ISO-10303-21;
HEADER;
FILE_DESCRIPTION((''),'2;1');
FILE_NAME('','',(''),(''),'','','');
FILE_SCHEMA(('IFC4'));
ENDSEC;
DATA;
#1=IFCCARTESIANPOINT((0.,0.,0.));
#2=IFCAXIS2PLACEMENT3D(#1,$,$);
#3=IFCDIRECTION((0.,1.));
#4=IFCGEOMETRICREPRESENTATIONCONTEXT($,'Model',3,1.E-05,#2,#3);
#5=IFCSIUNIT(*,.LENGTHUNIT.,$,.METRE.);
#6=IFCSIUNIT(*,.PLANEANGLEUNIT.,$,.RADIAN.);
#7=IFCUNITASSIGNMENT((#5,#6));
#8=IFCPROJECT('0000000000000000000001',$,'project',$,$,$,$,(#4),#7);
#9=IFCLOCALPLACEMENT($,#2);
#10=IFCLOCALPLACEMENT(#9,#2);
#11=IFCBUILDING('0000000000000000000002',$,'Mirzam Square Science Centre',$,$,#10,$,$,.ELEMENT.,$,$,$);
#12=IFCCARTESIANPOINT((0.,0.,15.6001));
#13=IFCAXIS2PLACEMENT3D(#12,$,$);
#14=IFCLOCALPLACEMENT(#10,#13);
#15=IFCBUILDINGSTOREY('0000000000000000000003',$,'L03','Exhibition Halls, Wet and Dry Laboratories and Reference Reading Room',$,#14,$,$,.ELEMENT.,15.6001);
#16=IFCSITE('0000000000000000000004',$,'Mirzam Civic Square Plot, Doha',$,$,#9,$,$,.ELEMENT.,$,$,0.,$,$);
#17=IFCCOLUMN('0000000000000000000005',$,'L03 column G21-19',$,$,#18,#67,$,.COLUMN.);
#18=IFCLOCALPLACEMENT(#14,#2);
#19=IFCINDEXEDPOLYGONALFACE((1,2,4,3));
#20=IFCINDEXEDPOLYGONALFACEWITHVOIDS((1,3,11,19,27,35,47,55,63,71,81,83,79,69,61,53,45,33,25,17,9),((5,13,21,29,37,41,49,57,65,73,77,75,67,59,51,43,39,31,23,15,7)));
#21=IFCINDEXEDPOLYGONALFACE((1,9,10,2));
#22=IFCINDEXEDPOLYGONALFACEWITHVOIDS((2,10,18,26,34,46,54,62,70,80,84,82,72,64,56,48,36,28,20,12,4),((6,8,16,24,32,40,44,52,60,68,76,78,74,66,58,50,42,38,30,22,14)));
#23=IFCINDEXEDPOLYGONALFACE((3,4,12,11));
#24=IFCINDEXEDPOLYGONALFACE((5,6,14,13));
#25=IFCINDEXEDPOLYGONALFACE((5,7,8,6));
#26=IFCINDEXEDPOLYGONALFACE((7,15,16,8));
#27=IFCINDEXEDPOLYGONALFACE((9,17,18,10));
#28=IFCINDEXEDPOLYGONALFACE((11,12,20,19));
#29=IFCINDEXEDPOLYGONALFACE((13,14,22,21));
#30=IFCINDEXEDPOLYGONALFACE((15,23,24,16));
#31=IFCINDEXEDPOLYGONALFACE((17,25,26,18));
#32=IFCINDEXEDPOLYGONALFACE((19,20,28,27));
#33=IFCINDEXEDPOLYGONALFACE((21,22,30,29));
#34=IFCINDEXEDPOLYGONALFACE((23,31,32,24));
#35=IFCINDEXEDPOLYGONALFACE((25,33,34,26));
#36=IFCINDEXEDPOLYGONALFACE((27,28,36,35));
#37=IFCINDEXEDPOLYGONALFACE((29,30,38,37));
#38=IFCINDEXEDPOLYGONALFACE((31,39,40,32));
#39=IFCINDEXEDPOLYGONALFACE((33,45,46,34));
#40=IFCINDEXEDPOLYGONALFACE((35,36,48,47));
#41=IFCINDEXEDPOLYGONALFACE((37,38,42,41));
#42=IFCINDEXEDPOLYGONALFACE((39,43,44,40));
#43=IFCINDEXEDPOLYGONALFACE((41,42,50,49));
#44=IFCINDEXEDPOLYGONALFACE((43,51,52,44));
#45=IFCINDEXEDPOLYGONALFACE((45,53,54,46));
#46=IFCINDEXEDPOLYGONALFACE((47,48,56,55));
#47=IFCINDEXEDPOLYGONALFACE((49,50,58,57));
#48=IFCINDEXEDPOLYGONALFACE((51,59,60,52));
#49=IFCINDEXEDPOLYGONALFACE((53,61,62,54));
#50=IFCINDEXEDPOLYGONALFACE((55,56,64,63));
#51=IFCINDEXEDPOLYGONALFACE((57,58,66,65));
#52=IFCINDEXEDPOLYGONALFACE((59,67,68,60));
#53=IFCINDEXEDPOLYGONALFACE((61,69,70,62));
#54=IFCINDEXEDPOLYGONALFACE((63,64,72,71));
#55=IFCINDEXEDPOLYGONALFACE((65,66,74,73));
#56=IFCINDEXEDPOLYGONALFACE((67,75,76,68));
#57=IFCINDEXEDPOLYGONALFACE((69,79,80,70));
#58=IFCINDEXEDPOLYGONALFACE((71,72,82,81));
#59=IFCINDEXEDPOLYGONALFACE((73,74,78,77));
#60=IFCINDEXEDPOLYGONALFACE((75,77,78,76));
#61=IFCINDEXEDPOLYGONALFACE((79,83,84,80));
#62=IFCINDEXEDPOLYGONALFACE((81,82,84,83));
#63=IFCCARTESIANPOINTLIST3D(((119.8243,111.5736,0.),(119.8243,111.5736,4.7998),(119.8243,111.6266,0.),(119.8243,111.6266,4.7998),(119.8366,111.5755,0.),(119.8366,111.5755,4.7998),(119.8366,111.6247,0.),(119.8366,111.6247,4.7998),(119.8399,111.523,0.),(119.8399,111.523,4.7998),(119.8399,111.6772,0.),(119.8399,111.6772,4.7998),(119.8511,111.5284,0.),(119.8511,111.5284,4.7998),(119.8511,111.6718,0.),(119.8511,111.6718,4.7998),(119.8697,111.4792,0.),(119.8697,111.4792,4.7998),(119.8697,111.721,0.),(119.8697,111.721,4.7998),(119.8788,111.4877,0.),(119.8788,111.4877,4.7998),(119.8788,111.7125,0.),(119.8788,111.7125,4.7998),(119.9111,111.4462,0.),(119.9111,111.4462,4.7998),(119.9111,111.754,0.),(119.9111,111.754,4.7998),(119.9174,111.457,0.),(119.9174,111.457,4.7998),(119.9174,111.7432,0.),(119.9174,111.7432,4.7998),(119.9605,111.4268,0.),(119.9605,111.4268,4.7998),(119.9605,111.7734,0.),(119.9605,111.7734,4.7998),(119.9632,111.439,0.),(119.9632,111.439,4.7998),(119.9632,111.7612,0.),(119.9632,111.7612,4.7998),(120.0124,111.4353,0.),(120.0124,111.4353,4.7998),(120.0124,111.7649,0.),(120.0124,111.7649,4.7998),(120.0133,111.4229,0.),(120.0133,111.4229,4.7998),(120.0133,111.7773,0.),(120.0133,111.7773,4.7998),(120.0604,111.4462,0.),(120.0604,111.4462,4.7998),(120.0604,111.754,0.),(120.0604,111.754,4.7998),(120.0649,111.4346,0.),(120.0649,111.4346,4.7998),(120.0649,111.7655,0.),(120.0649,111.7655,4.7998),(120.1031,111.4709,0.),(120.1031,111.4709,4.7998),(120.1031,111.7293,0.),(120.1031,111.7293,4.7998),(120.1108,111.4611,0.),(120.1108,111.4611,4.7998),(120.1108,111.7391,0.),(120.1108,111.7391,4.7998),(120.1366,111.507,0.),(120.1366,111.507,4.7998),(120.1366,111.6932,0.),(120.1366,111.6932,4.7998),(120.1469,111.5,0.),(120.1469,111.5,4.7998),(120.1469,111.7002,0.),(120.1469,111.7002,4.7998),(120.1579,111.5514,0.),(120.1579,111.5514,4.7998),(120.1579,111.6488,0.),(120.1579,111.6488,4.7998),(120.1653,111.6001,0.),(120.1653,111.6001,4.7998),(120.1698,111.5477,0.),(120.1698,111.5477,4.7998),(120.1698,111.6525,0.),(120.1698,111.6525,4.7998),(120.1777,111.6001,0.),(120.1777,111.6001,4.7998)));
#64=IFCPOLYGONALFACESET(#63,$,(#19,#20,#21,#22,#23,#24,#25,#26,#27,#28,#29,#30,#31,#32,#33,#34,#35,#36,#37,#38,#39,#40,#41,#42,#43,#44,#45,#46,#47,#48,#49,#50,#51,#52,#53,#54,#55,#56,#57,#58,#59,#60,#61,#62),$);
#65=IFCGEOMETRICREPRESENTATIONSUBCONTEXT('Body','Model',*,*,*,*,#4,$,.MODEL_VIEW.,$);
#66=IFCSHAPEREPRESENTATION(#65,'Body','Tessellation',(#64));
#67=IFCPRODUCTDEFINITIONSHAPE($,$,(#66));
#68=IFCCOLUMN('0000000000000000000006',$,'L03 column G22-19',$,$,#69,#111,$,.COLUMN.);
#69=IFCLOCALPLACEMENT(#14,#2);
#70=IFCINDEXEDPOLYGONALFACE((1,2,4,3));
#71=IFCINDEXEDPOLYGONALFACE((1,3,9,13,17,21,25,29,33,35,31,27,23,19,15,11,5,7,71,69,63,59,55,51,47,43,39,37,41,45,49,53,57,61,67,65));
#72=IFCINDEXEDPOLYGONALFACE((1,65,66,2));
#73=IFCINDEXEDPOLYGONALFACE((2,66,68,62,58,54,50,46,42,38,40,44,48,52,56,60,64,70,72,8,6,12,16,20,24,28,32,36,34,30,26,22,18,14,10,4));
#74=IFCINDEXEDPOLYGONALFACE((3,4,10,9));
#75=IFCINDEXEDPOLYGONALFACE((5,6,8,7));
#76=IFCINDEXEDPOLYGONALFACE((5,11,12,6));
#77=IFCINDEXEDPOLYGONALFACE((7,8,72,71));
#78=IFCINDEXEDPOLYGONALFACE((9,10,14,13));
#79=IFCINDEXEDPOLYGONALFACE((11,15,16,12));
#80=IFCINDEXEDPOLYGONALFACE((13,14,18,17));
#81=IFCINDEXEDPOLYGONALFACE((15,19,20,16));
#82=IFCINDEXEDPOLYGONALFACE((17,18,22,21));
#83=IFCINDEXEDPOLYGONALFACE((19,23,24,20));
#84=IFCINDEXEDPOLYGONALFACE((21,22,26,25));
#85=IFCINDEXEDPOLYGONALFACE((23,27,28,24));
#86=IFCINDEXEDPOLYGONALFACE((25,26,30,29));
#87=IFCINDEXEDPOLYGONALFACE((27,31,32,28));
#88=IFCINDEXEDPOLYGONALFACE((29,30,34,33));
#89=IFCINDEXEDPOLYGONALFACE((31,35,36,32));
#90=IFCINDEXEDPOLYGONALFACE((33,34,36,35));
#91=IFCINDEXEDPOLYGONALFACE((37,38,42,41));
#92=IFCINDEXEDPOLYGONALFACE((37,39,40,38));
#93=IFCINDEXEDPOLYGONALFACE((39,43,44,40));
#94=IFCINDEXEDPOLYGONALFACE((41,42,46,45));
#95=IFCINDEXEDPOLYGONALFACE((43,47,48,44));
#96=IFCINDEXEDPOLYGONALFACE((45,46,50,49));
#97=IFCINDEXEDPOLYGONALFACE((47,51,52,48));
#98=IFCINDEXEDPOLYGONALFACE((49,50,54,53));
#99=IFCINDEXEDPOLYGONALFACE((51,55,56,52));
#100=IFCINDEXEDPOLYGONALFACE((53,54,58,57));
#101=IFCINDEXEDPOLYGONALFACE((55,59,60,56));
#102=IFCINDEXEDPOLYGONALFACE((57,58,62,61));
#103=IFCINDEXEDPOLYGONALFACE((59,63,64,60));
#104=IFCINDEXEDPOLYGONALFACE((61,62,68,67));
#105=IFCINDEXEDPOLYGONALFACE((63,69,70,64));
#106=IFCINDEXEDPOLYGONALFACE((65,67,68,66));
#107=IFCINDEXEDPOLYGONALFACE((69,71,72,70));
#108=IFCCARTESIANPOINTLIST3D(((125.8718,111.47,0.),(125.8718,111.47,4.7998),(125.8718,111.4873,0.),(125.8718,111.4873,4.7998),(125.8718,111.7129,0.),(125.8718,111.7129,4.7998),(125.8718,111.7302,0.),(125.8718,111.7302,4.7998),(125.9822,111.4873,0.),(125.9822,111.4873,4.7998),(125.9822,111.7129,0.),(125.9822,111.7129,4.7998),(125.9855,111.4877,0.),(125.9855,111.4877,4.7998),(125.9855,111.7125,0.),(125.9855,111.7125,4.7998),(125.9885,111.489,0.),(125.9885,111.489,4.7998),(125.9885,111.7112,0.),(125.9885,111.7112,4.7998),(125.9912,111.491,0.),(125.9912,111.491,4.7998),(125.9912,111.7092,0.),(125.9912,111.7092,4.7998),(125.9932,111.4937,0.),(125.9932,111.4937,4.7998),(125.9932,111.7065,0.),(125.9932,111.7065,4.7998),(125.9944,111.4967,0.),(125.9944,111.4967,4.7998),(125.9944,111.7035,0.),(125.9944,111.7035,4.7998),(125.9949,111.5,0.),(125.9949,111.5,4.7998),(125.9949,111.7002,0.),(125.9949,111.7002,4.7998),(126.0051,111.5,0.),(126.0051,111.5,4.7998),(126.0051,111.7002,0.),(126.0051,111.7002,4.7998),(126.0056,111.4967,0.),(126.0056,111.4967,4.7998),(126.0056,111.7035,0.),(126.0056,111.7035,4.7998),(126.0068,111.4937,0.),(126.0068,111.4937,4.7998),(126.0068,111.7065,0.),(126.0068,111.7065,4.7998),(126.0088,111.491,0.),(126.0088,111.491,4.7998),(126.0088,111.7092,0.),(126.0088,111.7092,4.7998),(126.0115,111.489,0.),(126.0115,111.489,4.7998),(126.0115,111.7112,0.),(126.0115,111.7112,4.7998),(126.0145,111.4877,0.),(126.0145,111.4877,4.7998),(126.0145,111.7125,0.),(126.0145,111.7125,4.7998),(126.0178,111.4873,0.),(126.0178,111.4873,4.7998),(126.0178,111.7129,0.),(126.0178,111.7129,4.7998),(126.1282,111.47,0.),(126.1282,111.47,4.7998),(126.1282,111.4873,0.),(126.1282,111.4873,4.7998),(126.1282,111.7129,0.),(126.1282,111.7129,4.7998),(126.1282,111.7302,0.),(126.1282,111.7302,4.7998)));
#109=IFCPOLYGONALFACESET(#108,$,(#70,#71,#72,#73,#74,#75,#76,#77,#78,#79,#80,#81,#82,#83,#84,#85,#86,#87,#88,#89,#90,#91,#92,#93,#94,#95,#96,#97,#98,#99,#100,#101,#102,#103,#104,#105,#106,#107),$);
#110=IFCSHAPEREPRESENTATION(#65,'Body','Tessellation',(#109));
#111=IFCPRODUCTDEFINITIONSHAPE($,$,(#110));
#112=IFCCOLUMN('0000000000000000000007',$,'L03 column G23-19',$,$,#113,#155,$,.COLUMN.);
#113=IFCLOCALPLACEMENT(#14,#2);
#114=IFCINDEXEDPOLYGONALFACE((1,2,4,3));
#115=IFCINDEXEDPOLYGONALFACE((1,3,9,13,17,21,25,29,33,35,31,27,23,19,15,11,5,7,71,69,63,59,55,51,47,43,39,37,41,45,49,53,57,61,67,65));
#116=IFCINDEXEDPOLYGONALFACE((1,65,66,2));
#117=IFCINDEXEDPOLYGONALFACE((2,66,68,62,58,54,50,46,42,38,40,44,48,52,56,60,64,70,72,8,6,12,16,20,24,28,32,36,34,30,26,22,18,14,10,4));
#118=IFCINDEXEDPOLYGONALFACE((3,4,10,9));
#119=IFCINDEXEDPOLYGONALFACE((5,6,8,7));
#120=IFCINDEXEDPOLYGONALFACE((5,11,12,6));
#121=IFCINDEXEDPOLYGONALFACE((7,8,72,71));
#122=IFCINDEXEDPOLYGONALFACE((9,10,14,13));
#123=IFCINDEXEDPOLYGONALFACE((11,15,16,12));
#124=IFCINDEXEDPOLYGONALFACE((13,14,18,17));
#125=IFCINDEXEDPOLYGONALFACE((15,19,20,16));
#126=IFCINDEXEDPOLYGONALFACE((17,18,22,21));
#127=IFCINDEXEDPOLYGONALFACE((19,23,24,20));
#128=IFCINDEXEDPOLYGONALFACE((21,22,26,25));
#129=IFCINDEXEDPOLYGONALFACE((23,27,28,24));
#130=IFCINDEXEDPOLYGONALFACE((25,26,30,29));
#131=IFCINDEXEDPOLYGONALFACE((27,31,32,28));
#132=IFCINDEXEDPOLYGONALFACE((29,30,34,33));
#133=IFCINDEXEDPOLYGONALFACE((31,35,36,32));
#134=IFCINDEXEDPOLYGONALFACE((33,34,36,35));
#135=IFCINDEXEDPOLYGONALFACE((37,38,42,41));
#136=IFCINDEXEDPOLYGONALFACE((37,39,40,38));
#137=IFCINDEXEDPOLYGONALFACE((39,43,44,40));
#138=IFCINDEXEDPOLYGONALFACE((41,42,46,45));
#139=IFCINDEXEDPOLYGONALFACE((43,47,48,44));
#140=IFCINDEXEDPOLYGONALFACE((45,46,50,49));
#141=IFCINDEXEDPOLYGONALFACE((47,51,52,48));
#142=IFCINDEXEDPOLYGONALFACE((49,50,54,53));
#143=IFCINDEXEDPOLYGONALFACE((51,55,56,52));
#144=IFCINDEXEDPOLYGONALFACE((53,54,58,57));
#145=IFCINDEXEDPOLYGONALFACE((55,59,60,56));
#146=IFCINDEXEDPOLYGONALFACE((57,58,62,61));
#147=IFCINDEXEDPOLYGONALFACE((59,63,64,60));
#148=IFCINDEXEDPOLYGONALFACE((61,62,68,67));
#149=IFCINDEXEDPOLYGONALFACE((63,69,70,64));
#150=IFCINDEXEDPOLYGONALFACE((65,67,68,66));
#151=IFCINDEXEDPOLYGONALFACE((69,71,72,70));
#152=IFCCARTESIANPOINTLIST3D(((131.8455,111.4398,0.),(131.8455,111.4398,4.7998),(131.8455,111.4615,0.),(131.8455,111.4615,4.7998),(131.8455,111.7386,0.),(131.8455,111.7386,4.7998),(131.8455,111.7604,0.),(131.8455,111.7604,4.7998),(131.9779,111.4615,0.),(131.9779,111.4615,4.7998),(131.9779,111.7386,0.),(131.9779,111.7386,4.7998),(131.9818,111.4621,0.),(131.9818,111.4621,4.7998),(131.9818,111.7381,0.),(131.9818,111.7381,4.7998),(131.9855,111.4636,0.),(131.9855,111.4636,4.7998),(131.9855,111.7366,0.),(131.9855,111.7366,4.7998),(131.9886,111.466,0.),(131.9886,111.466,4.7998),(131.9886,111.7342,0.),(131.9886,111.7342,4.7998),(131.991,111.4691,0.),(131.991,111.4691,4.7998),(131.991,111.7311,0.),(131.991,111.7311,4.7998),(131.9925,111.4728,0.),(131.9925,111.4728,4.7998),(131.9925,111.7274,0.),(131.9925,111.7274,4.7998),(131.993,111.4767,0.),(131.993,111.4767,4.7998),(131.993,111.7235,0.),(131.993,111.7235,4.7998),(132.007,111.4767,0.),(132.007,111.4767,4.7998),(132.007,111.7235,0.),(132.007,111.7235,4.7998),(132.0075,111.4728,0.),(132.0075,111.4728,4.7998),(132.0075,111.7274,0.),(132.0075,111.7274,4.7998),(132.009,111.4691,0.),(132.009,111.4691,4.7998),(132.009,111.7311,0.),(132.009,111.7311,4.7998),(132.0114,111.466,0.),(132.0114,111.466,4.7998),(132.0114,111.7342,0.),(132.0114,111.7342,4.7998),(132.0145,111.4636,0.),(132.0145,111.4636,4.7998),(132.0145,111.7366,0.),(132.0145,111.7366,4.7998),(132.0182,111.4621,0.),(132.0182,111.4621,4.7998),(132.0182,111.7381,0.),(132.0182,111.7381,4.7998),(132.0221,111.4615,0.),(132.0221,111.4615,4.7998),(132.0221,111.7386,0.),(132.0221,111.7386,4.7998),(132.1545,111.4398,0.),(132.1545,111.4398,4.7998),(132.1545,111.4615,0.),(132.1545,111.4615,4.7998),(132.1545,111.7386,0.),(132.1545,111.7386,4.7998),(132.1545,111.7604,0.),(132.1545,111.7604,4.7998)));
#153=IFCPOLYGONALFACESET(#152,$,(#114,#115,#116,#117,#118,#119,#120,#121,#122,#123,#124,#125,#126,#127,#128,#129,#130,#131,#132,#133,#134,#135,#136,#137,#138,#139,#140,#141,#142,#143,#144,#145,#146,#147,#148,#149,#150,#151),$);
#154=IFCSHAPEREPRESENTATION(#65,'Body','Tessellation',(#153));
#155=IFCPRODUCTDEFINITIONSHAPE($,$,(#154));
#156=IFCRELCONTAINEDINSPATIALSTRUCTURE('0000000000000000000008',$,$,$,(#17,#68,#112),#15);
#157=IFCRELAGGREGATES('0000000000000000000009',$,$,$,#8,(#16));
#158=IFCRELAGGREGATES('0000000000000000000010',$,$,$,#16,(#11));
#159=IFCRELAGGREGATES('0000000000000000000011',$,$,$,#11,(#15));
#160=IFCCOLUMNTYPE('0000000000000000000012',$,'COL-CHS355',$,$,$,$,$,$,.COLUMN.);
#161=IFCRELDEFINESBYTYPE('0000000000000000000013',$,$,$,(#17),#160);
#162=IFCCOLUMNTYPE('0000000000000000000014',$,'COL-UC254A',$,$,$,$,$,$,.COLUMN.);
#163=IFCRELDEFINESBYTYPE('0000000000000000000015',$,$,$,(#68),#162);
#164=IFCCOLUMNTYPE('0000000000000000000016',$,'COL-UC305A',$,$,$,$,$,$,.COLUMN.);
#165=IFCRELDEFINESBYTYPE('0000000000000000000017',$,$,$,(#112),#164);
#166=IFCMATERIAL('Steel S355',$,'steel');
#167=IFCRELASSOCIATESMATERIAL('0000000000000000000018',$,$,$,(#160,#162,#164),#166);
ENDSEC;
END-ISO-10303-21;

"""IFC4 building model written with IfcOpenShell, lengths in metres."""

from ifc_helpers import new_model, si_unit, direction, frame, origin, origin_2d, place, context, subcontext, project, spatial, hollow_circle, i_section, extrude, material, material_profile, profile_set, type_object, element, save


model = new_model("IFC4")

# Units and contexts
model_context = context("Model", 3, precision=1e-05, world=origin(), true_north=direction((0.0, 1.0)))
body_context = subcontext(model_context, "Body", "Model", "MODEL_VIEW")
ifc_project = project(units=[si_unit("LENGTHUNIT", "METRE"), si_unit("PLANEANGLEUNIT", "RADIAN")], contexts=[model_context])

# Site, building, storey
site_placement = place(None, origin())
site = spatial("IfcSite", under=ifc_project, at=site_placement, Name="Mirzam Civic Square Plot, Doha", CompositionType="ELEMENT", RefElevation=0.0)
building_placement = place(site_placement, origin())
building = spatial("IfcBuilding", under=site, at=building_placement, Name="Mirzam Square Science Centre", CompositionType="ELEMENT")
storey_placement = place(building_placement, frame((0.0, 0.0, 15.6001)))
storey = spatial("IfcBuildingStorey", under=building, at=storey_placement, Name="L03", Description="Exhibition Halls, Wet and Dry Laboratories and Reference Reading Room", CompositionType="ELEMENT", Elevation=15.6001)

# Columns
ifc_material_1 = material(Name="Steel S355", Category="steel")
ifc_material_profile_1 = material_profile(ifc_material_1, hollow_circle(Radius=0.1777, WallThickness=0.0125, at=origin_2d()), Name="355.6x12.5CHS")
ifc_profile_set_1 = profile_set([ifc_material_profile_1], Name="Steel S355")
column_type_1 = type_object("IfcColumnType", Name="COL-CHS355", PredefinedType="COLUMN", material=ifc_profile_set_1)
column_1_placement = place(storey_placement, frame((120.0, 111.6001, 0.0), z_axis=(0.0, 0.0, 1.0), x_axis=(1.0, 0.0, 0.0)))
element("IfcColumn", 1, at=column_1_placement, inside=storey, type_object=column_type_1, Name="L03 column G21-19", PredefinedType="COLUMN", context=body_context, shape_type="SweptSolid", body=[
    extrude(hollow_circle(Radius=0.1777, WallThickness=0.0125, at=origin_2d()), origin(), (0.0, 0.0, 1.0), 4.7998),
])
ifc_material_profile_2 = material_profile(ifc_material_1, i_section(OverallWidth=0.2563, OverallDepth=0.2603, WebThickness=0.0103, FlangeThickness=0.0173, FilletRadius=0.0127, at=origin_2d()), Name="254x254x89UC")
ifc_profile_set_2 = profile_set([ifc_material_profile_2], Name="Steel S355")
column_type_2 = type_object("IfcColumnType", Name="COL-UC254A", PredefinedType="COLUMN", material=ifc_profile_set_2)
column_2_placement = place(storey_placement, frame((126.0, 111.6001, 0.0), z_axis=(0.0, 0.0, 1.0), x_axis=(1.0, 0.0, 0.0)))
element("IfcColumn", 2, at=column_2_placement, inside=storey, type_object=column_type_2, Name="L03 column G22-19", PredefinedType="COLUMN", context=body_context, shape_type="SweptSolid", body=[
    extrude(i_section(OverallWidth=0.2563, OverallDepth=0.2603, WebThickness=0.0103, FlangeThickness=0.0173, FilletRadius=0.0127, at=origin_2d()), origin(), (0.0, 0.0, 1.0), 4.7998),
])
ifc_material_profile_3 = material_profile(ifc_material_1, i_section(OverallWidth=0.3091, OverallDepth=0.3206, WebThickness=0.0139, FlangeThickness=0.0217, FilletRadius=0.0151, at=origin_2d()), Name="305x305x137UC")
ifc_profile_set_3 = profile_set([ifc_material_profile_3], Name="Steel S355")
column_type_3 = type_object("IfcColumnType", Name="COL-UC305A", PredefinedType="COLUMN", material=ifc_profile_set_3)
column_3_placement = place(storey_placement, frame((132.0, 111.6001, 0.0), z_axis=(0.0, 0.0, 1.0), x_axis=(1.0, 0.0, 0.0)))
element("IfcColumn", 3, at=column_3_placement, inside=storey, type_object=column_type_3, Name="L03 column G23-19", PredefinedType="COLUMN", context=body_context, shape_type="SweptSolid", body=[
    extrude(i_section(OverallWidth=0.3091, OverallDepth=0.3206, WebThickness=0.0139, FlangeThickness=0.0217, FilletRadius=0.0151, at=origin_2d()), origin(), (0.0, 0.0, 1.0), 4.7998),
])

save(model, "model.ifc")
